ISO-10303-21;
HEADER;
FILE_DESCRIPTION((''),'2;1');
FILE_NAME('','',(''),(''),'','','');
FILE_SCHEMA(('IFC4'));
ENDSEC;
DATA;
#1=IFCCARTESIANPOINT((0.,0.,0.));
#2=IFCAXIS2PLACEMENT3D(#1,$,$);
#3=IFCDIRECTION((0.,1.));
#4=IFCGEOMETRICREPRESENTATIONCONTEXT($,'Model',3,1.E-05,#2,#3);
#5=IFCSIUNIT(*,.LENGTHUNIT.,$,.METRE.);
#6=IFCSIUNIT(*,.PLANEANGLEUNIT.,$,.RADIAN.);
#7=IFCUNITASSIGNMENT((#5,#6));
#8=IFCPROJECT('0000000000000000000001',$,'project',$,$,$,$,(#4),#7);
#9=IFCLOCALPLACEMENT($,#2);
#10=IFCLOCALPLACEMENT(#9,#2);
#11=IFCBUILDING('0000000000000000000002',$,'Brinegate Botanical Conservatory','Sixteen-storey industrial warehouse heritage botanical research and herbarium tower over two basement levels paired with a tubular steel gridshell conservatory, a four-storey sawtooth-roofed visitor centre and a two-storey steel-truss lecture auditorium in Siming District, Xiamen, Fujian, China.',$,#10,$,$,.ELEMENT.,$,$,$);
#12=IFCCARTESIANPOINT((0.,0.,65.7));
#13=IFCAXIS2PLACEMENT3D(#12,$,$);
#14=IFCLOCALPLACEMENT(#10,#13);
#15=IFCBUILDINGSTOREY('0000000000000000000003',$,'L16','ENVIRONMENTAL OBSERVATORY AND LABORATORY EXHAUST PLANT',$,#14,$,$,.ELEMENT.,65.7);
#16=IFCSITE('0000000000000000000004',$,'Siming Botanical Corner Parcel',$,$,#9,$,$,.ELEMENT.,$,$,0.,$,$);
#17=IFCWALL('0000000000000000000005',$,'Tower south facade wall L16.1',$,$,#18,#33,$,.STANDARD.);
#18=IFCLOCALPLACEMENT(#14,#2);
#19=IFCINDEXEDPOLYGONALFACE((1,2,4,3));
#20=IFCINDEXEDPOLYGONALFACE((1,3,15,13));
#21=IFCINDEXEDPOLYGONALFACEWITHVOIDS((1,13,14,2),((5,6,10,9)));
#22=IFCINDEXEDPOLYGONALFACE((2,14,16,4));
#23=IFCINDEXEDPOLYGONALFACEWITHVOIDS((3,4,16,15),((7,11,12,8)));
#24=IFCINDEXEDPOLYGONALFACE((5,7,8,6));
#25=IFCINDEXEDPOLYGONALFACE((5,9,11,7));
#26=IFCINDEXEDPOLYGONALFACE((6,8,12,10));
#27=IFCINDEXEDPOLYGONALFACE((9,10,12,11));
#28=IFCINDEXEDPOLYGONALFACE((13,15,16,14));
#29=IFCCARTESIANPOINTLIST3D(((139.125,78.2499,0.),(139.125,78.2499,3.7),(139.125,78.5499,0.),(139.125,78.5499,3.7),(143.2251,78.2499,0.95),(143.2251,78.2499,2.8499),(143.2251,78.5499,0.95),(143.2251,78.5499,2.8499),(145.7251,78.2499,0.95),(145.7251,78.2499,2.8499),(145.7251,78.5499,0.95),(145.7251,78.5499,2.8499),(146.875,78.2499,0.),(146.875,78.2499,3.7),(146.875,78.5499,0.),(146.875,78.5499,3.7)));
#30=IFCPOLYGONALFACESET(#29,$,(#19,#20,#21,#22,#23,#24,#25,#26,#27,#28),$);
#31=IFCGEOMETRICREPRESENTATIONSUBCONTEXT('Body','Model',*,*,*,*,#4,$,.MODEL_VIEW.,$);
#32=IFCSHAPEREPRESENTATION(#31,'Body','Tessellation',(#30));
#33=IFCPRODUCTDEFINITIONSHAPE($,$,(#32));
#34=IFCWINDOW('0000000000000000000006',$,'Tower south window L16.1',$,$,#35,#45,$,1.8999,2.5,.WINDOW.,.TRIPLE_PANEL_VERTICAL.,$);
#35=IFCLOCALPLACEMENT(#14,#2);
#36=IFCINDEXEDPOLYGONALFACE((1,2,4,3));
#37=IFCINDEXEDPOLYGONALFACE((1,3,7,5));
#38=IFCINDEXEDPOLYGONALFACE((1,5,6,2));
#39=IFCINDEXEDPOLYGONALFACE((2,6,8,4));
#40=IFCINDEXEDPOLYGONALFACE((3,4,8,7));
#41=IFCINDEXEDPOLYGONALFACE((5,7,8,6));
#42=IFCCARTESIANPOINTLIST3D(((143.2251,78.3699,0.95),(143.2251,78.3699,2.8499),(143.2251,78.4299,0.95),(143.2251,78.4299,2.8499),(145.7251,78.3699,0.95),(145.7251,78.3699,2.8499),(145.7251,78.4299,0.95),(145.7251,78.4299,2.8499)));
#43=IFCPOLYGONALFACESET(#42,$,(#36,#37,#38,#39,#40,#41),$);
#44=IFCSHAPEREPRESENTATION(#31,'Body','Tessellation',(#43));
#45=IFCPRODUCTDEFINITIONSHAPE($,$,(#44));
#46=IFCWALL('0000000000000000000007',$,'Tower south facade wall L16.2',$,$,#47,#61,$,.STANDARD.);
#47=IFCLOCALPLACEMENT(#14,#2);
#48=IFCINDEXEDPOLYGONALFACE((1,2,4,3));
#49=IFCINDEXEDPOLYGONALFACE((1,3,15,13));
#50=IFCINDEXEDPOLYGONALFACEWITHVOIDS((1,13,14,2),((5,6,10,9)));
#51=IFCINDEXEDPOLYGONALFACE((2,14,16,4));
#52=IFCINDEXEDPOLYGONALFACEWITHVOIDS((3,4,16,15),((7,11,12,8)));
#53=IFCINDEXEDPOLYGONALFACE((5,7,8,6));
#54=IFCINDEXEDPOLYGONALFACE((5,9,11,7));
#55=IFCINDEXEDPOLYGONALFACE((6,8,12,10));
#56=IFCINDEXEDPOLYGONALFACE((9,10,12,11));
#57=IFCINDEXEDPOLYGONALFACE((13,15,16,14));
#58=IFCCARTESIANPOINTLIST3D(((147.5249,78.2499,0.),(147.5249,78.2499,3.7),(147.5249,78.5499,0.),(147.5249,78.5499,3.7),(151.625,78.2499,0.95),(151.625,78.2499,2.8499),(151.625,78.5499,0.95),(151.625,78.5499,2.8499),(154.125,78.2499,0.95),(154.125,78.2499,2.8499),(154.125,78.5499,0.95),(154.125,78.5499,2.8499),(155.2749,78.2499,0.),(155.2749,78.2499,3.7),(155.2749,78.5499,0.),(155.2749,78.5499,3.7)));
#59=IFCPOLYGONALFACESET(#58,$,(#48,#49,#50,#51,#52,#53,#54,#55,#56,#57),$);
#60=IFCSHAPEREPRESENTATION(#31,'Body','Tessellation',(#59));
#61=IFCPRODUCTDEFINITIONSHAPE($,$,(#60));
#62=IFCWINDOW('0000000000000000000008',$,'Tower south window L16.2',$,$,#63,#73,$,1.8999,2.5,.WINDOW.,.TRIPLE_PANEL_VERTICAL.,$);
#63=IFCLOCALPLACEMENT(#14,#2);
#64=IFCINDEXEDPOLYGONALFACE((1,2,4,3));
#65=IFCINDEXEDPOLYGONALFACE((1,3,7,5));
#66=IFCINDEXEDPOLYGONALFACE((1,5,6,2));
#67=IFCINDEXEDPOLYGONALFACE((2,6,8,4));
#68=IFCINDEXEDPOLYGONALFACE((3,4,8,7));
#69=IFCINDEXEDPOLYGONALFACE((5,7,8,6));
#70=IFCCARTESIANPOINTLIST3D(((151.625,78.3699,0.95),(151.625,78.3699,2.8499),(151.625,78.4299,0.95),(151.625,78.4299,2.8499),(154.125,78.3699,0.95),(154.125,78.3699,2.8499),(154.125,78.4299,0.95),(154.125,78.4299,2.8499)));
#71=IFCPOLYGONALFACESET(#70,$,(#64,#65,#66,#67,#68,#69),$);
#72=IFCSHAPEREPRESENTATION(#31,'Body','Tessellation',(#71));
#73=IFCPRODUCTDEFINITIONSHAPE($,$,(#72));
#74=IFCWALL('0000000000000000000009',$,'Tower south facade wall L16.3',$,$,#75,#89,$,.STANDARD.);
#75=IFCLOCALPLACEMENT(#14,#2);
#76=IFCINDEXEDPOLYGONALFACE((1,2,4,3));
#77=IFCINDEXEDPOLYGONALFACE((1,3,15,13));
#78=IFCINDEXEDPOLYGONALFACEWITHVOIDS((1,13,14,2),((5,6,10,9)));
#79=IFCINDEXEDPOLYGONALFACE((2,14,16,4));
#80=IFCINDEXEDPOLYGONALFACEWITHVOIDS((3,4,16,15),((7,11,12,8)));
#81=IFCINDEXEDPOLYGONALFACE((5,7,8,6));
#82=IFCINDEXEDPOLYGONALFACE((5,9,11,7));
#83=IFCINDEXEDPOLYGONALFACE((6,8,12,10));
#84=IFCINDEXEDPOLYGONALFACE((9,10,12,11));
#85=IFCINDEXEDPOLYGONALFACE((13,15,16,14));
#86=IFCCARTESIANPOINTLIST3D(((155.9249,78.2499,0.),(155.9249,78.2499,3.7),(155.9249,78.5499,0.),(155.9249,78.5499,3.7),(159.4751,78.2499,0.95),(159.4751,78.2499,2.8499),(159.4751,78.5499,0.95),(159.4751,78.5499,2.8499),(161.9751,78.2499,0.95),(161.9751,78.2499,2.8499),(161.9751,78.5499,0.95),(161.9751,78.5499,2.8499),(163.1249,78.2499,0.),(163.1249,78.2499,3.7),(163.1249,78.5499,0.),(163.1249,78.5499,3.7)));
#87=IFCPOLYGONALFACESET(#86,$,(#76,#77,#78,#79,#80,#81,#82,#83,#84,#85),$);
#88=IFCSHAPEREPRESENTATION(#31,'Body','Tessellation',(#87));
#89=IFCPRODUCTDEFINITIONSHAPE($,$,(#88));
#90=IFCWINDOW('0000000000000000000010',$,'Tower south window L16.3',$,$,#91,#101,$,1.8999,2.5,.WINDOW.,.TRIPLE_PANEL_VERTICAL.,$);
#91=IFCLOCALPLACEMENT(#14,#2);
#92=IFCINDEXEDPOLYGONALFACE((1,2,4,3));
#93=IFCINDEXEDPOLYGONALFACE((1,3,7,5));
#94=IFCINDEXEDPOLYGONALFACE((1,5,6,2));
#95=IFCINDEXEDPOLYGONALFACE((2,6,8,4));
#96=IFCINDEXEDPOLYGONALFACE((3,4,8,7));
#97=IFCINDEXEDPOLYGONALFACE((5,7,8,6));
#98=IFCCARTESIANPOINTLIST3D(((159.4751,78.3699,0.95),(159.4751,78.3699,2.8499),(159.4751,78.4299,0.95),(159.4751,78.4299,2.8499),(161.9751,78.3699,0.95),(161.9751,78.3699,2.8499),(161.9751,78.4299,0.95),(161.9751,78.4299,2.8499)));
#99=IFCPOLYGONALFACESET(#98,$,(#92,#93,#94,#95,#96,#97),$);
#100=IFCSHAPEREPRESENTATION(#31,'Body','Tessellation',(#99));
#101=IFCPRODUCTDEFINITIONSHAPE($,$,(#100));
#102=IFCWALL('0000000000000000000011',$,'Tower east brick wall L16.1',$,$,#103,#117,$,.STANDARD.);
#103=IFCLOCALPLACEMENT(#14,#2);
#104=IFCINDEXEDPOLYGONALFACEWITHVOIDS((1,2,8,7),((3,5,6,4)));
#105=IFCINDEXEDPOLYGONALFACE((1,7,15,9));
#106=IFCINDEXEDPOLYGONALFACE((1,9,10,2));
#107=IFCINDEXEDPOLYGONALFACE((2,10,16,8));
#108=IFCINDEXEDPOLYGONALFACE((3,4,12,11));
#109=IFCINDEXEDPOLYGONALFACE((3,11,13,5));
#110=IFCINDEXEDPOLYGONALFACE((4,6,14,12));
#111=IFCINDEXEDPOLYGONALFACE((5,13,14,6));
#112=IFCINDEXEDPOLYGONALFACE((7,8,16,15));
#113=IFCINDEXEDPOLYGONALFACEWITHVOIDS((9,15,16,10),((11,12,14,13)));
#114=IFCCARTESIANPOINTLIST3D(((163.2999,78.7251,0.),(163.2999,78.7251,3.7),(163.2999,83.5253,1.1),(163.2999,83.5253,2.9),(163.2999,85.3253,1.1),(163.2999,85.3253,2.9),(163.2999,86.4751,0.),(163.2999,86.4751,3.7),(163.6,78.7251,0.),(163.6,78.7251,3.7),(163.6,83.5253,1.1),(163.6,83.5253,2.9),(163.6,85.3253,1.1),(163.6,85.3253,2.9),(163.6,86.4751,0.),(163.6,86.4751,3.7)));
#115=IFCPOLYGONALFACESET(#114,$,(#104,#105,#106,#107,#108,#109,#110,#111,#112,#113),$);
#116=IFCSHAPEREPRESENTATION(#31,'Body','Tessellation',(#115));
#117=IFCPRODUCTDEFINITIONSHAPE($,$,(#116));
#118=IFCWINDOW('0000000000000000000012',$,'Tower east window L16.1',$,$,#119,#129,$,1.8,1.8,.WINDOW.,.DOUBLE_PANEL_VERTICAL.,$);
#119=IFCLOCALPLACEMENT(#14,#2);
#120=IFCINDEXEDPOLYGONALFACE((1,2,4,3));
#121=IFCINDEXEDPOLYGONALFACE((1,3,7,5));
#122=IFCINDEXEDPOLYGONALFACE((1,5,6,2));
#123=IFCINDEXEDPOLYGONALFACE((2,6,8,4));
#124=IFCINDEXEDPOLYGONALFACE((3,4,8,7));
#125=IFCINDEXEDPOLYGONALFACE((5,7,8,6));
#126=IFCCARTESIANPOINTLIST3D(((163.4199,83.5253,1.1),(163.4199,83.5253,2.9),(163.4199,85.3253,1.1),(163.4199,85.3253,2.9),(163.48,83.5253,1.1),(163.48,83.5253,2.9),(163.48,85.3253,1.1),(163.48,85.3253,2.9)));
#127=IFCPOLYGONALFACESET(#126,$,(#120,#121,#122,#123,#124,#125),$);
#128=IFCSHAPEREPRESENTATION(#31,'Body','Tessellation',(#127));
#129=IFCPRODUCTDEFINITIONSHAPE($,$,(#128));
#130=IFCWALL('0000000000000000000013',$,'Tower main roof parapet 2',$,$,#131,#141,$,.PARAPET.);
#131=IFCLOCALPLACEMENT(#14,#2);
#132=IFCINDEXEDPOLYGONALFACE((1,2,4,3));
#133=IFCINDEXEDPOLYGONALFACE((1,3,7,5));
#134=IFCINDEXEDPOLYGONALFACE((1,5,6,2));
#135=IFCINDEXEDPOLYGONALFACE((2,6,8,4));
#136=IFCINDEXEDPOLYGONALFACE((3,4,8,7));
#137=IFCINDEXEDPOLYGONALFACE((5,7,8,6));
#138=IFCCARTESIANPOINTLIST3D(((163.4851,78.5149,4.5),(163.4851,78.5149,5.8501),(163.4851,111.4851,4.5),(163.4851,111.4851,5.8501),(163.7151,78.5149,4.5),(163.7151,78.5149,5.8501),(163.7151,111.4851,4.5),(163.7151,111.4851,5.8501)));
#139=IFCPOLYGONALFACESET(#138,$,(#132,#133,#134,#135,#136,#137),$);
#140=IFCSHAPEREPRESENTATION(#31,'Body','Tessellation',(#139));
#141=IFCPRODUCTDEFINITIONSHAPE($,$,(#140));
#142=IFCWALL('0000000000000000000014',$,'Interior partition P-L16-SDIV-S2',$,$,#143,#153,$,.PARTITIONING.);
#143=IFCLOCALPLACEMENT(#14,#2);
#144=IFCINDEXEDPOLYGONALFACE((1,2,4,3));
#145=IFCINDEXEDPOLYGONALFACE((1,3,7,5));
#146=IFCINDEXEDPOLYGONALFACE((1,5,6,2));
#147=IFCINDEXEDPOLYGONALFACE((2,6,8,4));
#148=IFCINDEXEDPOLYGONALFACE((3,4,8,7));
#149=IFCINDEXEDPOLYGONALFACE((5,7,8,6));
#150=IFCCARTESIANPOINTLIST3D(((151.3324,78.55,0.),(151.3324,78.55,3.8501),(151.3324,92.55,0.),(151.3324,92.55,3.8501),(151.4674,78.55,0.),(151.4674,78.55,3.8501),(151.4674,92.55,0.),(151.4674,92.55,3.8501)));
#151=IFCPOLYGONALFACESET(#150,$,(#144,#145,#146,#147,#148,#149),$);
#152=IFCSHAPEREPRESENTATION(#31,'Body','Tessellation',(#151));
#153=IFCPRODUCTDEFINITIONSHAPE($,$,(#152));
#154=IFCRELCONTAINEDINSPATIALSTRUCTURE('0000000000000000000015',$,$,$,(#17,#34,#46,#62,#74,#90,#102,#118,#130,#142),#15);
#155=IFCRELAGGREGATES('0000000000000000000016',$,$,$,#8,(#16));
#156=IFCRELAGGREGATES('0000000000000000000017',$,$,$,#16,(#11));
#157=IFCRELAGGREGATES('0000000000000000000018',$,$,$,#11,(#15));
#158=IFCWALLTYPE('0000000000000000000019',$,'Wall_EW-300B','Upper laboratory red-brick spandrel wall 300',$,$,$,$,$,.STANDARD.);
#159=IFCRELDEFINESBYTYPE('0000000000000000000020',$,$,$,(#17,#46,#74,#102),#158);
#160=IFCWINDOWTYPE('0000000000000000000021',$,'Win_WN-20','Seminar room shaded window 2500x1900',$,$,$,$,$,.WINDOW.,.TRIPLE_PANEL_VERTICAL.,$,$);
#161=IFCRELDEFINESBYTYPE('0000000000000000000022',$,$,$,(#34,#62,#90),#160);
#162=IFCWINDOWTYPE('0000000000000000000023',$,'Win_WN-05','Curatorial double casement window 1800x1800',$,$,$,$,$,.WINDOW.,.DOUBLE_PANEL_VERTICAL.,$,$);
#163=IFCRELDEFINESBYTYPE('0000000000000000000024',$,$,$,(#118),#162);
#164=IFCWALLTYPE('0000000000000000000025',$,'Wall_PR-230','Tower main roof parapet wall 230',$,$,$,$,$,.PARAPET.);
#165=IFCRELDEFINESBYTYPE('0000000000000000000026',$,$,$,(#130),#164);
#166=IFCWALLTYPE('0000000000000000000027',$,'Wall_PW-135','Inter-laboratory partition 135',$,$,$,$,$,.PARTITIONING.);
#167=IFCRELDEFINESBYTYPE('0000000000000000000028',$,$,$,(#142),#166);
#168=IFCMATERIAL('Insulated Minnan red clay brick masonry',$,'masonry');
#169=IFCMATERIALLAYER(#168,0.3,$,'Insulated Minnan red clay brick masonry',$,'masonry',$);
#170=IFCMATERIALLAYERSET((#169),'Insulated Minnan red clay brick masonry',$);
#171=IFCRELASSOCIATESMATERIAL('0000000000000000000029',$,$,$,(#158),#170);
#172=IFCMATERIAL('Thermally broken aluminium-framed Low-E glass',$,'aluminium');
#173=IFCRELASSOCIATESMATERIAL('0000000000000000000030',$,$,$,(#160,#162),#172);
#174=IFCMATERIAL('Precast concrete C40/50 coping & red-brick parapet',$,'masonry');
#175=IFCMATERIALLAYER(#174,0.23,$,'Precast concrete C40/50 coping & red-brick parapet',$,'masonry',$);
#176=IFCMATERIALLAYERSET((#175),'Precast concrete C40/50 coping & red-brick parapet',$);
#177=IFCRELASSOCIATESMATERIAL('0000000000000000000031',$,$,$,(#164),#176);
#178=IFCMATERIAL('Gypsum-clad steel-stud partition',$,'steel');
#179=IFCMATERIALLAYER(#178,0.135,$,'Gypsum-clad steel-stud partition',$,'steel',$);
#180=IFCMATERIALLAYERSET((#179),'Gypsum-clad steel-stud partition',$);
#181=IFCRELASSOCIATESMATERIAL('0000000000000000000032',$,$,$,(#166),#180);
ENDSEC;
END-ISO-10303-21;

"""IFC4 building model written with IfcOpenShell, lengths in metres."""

from ifc_helpers import new_model, si_unit, direction, frame, frame_2d, origin, place, context, subcontext, project, spatial, rectangle, extrude, material, layer, layer_set, type_object, element, fill, save


model = new_model("IFC4")

# Units and contexts
model_context = context("Model", 3, precision=1e-05, world=origin(), true_north=direction((0.0, 1.0)))
body_context = subcontext(model_context, "Body", "Model", "MODEL_VIEW")
ifc_project = project(units=[si_unit("LENGTHUNIT", "METRE"), si_unit("PLANEANGLEUNIT", "RADIAN")], contexts=[model_context])

# Site, building, storey
site_placement = place(None, origin())
site = spatial("IfcSite", under=ifc_project, at=site_placement, Name="Siming Botanical Corner Parcel", CompositionType="ELEMENT", RefElevation=0.0)
building_placement = place(site_placement, origin())
building = spatial("IfcBuilding", under=site, at=building_placement, Name="Brinegate Botanical Conservatory", Description="Sixteen-storey industrial warehouse heritage botanical research and herbarium tower over two basement levels paired with a tubular steel gridshell conservatory, a four-storey sawtooth-roofed visitor centre and a two-storey steel-truss lecture auditorium in Siming District, Xiamen, Fujian, China.", CompositionType="ELEMENT")
storey_placement = place(building_placement, frame((0.0, 0.0, 65.7)))
storey = spatial("IfcBuildingStorey", under=building, at=storey_placement, Name="L16", Description="ENVIRONMENTAL OBSERVATORY AND LABORATORY EXHAUST PLANT", CompositionType="ELEMENT", Elevation=65.7)

# Walls, openings, windows
ifc_material_1 = material(Name="Insulated Minnan red clay brick masonry", Category="masonry")
ifc_layer_1 = layer(ifc_material_1, 0.3, Name="Insulated Minnan red clay brick masonry", Category="masonry")
ifc_layer_set_1 = layer_set([ifc_layer_1], Name="Insulated Minnan red clay brick masonry")
wall_type_1 = type_object("IfcWallType", Name="Wall_EW-300B", Description="Upper laboratory red-brick spandrel wall 300", PredefinedType="STANDARD", material=ifc_layer_set_1)
wall_1_placement = place(storey_placement, frame((146.875, 78.3999, 0.0), z_axis=(0.0, 0.0, 1.0), x_axis=(-1.0, 0.0, 0.0)))
wall_1 = element("IfcWall", 1, at=wall_1_placement, inside=storey, type_object=wall_type_1, Name="Tower south facade wall L16.1", PredefinedType="STANDARD", context=body_context, shape_type="SweptSolid", body=[
    extrude(rectangle(XDim=7.75, YDim=0.3, at=frame_2d((3.875, 0.0))), origin(), (0.0, 0.0, 1.0), 3.7),
])
opening_1_placement = place(wall_1_placement, frame((1.1499, 0.0, 0.95)))
opening_1 = element("IfcOpeningElement", 2, at=opening_1_placement, cuts=wall_1, PredefinedType="OPENING", context=body_context, shape_type="SweptSolid", body=[
    extrude(rectangle(XDim=2.5, YDim=1.8999, at=frame_2d((1.25, 0.95))), frame((0.0, 0.1599, 0.0), z_axis=(0.0, -1.0, 0.0), x_axis=(1.0, 0.0, 0.0)), (0.0, 0.0, 1.0), 0.3201),
])
ifc_material_2 = material(Name="Thermally broken aluminium-framed Low-E glass", Category="aluminium")
window_type_1 = type_object("IfcWindowType", Name="Win_WN-20", Description="Seminar room shaded window 2500x1900", PartitioningType="TRIPLE_PANEL_VERTICAL", PredefinedType="WINDOW", material=ifc_material_2)
window_1_placement = place(opening_1_placement, origin())
window_1 = element("IfcWindow", 3, at=window_1_placement, inside=storey, type_object=window_type_1, Name="Tower south window L16.1", OverallHeight=1.8999, OverallWidth=2.5, PartitioningType="TRIPLE_PANEL_VERTICAL", PredefinedType="WINDOW", context=body_context, shape_type="SweptSolid", body=[
    extrude(rectangle(XDim=2.5, YDim=1.8999, at=frame_2d((1.25, 0.95))), frame((0.0, 0.03, 0.0), z_axis=(0.0, -1.0, 0.0), x_axis=(1.0, 0.0, 0.0)), (0.0, 0.0, 1.0), 0.0601),
])
fill(opening_1, window_1)
wall_2_placement = place(storey_placement, frame((155.2749, 78.3999, 0.0), z_axis=(0.0, 0.0, 1.0), x_axis=(-1.0, 0.0, 0.0)))
wall_2 = element("IfcWall", 4, at=wall_2_placement, inside=storey, type_object=wall_type_1, Name="Tower south facade wall L16.2", PredefinedType="STANDARD", context=body_context, shape_type="SweptSolid", body=[
    extrude(rectangle(XDim=7.75, YDim=0.3, at=frame_2d((3.875, 0.0))), origin(), (0.0, 0.0, 1.0), 3.7),
])
opening_2_placement = place(wall_2_placement, frame((1.1499, 0.0, 0.95)))
opening_2 = element("IfcOpeningElement", 5, at=opening_2_placement, cuts=wall_2, PredefinedType="OPENING", context=body_context, shape_type="SweptSolid", body=[
    extrude(rectangle(XDim=2.5, YDim=1.8999, at=frame_2d((1.25, 0.95))), frame((0.0, 0.1599, 0.0), z_axis=(0.0, -1.0, 0.0), x_axis=(1.0, 0.0, 0.0)), (0.0, 0.0, 1.0), 0.3201),
])
window_2_placement = place(opening_2_placement, origin())
window_2 = element("IfcWindow", 6, at=window_2_placement, inside=storey, type_object=window_type_1, Name="Tower south window L16.2", OverallHeight=1.8999, OverallWidth=2.5, PartitioningType="TRIPLE_PANEL_VERTICAL", PredefinedType="WINDOW", context=body_context, shape_type="SweptSolid", body=[
    extrude(rectangle(XDim=2.5, YDim=1.8999, at=frame_2d((1.25, 0.95))), frame((0.0, 0.03, 0.0), z_axis=(0.0, -1.0, 0.0), x_axis=(1.0, 0.0, 0.0)), (0.0, 0.0, 1.0), 0.0601),
])
fill(opening_2, window_2)
wall_3_placement = place(storey_placement, frame((163.125, 78.3999, 0.0), z_axis=(0.0, 0.0, 1.0), x_axis=(-1.0, 0.0, 0.0)))
wall_3 = element("IfcWall", 7, at=wall_3_placement, inside=storey, type_object=wall_type_1, Name="Tower south facade wall L16.3", PredefinedType="STANDARD", context=body_context, shape_type="SweptSolid", body=[
    extrude(rectangle(XDim=7.2, YDim=0.3, at=frame_2d((3.6001, 0.0))), origin(), (0.0, 0.0, 1.0), 3.7),
])
opening_3_placement = place(wall_3_placement, frame((1.1499, 0.0, 0.95)))
opening_3 = element("IfcOpeningElement", 8, at=opening_3_placement, cuts=wall_3, PredefinedType="OPENING", context=body_context, shape_type="SweptSolid", body=[
    extrude(rectangle(XDim=2.5, YDim=1.8999, at=frame_2d((1.25, 0.95))), frame((0.0, 0.1599, 0.0), z_axis=(0.0, -1.0, 0.0), x_axis=(1.0, 0.0, 0.0)), (0.0, 0.0, 1.0), 0.3201),
])
window_3_placement = place(opening_3_placement, origin())
window_3 = element("IfcWindow", 9, at=window_3_placement, inside=storey, type_object=window_type_1, Name="Tower south window L16.3", OverallHeight=1.8999, OverallWidth=2.5, PartitioningType="TRIPLE_PANEL_VERTICAL", PredefinedType="WINDOW", context=body_context, shape_type="SweptSolid", body=[
    extrude(rectangle(XDim=2.5, YDim=1.8999, at=frame_2d((1.25, 0.95))), frame((0.0, 0.03, 0.0), z_axis=(0.0, -1.0, 0.0), x_axis=(1.0, 0.0, 0.0)), (0.0, 0.0, 1.0), 0.0601),
])
fill(opening_3, window_3)
wall_4_placement = place(storey_placement, frame((163.45, 86.4751, 0.0), z_axis=(0.0, 0.0, 1.0), x_axis=(0.0, -1.0, 0.0)))
wall_4 = element("IfcWall", 10, at=wall_4_placement, inside=storey, type_object=wall_type_1, Name="Tower east brick wall L16.1", PredefinedType="STANDARD", context=body_context, shape_type="SweptSolid", body=[
    extrude(rectangle(XDim=7.75, YDim=0.3, at=frame_2d((3.875, 0.0))), origin(), (0.0, 0.0, 1.0), 3.7),
])
opening_4_placement = place(wall_4_placement, frame((1.1499, 0.0, 1.1001)))
opening_4 = element("IfcOpeningElement", 11, at=opening_4_placement, cuts=wall_4, PredefinedType="OPENING", context=body_context, shape_type="SweptSolid", body=[
    extrude(rectangle(XDim=1.8, YDim=1.8, at=frame_2d((0.8999, 0.8999))), frame((0.0, 0.1599, 0.0), z_axis=(0.0, -1.0, 0.0), x_axis=(1.0, 0.0, 0.0)), (0.0, 0.0, 1.0), 0.3201),
])
window_type_2 = type_object("IfcWindowType", Name="Win_WN-05", Description="Curatorial double casement window 1800x1800", PartitioningType="DOUBLE_PANEL_VERTICAL", PredefinedType="WINDOW", material=ifc_material_2)
window_4_placement = place(opening_4_placement, origin())
window_4 = element("IfcWindow", 12, at=window_4_placement, inside=storey, type_object=window_type_2, Name="Tower east window L16.1", OverallHeight=1.8, OverallWidth=1.8, PartitioningType="DOUBLE_PANEL_VERTICAL", PredefinedType="WINDOW", context=body_context, shape_type="SweptSolid", body=[
    extrude(rectangle(XDim=1.8, YDim=1.8, at=frame_2d((0.8999, 0.8999))), frame((0.0, 0.03, 0.0), z_axis=(0.0, -1.0, 0.0), x_axis=(1.0, 0.0, 0.0)), (0.0, 0.0, 1.0), 0.0601),
])
fill(opening_4, window_4)

# Walls
ifc_material_3 = material(Name="Precast concrete C40/50 coping & red-brick parapet", Category="masonry")
ifc_layer_2 = layer(ifc_material_3, 0.23, Name="Precast concrete C40/50 coping & red-brick parapet", Category="masonry")
ifc_layer_set_2 = layer_set([ifc_layer_2], Name="Precast concrete C40/50 coping & red-brick parapet")
wall_type_2 = type_object("IfcWallType", Name="Wall_PR-230", Description="Tower main roof parapet wall 230", PredefinedType="PARAPET", material=ifc_layer_set_2)
wall_5_placement = place(storey_placement, frame((163.6001, 78.5149, 4.5), z_axis=(0.0, 0.0, 1.0), x_axis=(0.0, 1.0, 0.0)))
element("IfcWall", 13, at=wall_5_placement, inside=storey, type_object=wall_type_2, Name="Tower main roof parapet 2", PredefinedType="PARAPET", context=body_context, shape_type="SweptSolid", body=[
    extrude(rectangle(XDim=32.9702, YDim=0.23, at=frame_2d((16.4851, 0.0))), origin(), (0.0, 0.0, 1.0), 1.3501),
])
ifc_material_4 = material(Name="Gypsum-clad steel-stud partition", Category="steel")
ifc_layer_3 = layer(ifc_material_4, 0.135, Name="Gypsum-clad steel-stud partition", Category="steel")
ifc_layer_set_3 = layer_set([ifc_layer_3], Name="Gypsum-clad steel-stud partition")
wall_type_3 = type_object("IfcWallType", Name="Wall_PW-135", Description="Inter-laboratory partition 135", PredefinedType="PARTITIONING", material=ifc_layer_set_3)
wall_6_placement = place(storey_placement, frame((151.3999, 78.55, 0.0), z_axis=(0.0, 0.0, 1.0), x_axis=(0.0, 1.0, 0.0)))
element("IfcWall", 14, at=wall_6_placement, inside=storey, type_object=wall_type_3, Name="Interior partition P-L16-SDIV-S2", PredefinedType="PARTITIONING", context=body_context, shape_type="SweptSolid", body=[
    extrude(rectangle(XDim=14.0, YDim=0.135, at=frame_2d((7.0, 0.0))), origin(), (0.0, 0.0, 1.0), 3.8501),
])

save(model, "model.ifc")
